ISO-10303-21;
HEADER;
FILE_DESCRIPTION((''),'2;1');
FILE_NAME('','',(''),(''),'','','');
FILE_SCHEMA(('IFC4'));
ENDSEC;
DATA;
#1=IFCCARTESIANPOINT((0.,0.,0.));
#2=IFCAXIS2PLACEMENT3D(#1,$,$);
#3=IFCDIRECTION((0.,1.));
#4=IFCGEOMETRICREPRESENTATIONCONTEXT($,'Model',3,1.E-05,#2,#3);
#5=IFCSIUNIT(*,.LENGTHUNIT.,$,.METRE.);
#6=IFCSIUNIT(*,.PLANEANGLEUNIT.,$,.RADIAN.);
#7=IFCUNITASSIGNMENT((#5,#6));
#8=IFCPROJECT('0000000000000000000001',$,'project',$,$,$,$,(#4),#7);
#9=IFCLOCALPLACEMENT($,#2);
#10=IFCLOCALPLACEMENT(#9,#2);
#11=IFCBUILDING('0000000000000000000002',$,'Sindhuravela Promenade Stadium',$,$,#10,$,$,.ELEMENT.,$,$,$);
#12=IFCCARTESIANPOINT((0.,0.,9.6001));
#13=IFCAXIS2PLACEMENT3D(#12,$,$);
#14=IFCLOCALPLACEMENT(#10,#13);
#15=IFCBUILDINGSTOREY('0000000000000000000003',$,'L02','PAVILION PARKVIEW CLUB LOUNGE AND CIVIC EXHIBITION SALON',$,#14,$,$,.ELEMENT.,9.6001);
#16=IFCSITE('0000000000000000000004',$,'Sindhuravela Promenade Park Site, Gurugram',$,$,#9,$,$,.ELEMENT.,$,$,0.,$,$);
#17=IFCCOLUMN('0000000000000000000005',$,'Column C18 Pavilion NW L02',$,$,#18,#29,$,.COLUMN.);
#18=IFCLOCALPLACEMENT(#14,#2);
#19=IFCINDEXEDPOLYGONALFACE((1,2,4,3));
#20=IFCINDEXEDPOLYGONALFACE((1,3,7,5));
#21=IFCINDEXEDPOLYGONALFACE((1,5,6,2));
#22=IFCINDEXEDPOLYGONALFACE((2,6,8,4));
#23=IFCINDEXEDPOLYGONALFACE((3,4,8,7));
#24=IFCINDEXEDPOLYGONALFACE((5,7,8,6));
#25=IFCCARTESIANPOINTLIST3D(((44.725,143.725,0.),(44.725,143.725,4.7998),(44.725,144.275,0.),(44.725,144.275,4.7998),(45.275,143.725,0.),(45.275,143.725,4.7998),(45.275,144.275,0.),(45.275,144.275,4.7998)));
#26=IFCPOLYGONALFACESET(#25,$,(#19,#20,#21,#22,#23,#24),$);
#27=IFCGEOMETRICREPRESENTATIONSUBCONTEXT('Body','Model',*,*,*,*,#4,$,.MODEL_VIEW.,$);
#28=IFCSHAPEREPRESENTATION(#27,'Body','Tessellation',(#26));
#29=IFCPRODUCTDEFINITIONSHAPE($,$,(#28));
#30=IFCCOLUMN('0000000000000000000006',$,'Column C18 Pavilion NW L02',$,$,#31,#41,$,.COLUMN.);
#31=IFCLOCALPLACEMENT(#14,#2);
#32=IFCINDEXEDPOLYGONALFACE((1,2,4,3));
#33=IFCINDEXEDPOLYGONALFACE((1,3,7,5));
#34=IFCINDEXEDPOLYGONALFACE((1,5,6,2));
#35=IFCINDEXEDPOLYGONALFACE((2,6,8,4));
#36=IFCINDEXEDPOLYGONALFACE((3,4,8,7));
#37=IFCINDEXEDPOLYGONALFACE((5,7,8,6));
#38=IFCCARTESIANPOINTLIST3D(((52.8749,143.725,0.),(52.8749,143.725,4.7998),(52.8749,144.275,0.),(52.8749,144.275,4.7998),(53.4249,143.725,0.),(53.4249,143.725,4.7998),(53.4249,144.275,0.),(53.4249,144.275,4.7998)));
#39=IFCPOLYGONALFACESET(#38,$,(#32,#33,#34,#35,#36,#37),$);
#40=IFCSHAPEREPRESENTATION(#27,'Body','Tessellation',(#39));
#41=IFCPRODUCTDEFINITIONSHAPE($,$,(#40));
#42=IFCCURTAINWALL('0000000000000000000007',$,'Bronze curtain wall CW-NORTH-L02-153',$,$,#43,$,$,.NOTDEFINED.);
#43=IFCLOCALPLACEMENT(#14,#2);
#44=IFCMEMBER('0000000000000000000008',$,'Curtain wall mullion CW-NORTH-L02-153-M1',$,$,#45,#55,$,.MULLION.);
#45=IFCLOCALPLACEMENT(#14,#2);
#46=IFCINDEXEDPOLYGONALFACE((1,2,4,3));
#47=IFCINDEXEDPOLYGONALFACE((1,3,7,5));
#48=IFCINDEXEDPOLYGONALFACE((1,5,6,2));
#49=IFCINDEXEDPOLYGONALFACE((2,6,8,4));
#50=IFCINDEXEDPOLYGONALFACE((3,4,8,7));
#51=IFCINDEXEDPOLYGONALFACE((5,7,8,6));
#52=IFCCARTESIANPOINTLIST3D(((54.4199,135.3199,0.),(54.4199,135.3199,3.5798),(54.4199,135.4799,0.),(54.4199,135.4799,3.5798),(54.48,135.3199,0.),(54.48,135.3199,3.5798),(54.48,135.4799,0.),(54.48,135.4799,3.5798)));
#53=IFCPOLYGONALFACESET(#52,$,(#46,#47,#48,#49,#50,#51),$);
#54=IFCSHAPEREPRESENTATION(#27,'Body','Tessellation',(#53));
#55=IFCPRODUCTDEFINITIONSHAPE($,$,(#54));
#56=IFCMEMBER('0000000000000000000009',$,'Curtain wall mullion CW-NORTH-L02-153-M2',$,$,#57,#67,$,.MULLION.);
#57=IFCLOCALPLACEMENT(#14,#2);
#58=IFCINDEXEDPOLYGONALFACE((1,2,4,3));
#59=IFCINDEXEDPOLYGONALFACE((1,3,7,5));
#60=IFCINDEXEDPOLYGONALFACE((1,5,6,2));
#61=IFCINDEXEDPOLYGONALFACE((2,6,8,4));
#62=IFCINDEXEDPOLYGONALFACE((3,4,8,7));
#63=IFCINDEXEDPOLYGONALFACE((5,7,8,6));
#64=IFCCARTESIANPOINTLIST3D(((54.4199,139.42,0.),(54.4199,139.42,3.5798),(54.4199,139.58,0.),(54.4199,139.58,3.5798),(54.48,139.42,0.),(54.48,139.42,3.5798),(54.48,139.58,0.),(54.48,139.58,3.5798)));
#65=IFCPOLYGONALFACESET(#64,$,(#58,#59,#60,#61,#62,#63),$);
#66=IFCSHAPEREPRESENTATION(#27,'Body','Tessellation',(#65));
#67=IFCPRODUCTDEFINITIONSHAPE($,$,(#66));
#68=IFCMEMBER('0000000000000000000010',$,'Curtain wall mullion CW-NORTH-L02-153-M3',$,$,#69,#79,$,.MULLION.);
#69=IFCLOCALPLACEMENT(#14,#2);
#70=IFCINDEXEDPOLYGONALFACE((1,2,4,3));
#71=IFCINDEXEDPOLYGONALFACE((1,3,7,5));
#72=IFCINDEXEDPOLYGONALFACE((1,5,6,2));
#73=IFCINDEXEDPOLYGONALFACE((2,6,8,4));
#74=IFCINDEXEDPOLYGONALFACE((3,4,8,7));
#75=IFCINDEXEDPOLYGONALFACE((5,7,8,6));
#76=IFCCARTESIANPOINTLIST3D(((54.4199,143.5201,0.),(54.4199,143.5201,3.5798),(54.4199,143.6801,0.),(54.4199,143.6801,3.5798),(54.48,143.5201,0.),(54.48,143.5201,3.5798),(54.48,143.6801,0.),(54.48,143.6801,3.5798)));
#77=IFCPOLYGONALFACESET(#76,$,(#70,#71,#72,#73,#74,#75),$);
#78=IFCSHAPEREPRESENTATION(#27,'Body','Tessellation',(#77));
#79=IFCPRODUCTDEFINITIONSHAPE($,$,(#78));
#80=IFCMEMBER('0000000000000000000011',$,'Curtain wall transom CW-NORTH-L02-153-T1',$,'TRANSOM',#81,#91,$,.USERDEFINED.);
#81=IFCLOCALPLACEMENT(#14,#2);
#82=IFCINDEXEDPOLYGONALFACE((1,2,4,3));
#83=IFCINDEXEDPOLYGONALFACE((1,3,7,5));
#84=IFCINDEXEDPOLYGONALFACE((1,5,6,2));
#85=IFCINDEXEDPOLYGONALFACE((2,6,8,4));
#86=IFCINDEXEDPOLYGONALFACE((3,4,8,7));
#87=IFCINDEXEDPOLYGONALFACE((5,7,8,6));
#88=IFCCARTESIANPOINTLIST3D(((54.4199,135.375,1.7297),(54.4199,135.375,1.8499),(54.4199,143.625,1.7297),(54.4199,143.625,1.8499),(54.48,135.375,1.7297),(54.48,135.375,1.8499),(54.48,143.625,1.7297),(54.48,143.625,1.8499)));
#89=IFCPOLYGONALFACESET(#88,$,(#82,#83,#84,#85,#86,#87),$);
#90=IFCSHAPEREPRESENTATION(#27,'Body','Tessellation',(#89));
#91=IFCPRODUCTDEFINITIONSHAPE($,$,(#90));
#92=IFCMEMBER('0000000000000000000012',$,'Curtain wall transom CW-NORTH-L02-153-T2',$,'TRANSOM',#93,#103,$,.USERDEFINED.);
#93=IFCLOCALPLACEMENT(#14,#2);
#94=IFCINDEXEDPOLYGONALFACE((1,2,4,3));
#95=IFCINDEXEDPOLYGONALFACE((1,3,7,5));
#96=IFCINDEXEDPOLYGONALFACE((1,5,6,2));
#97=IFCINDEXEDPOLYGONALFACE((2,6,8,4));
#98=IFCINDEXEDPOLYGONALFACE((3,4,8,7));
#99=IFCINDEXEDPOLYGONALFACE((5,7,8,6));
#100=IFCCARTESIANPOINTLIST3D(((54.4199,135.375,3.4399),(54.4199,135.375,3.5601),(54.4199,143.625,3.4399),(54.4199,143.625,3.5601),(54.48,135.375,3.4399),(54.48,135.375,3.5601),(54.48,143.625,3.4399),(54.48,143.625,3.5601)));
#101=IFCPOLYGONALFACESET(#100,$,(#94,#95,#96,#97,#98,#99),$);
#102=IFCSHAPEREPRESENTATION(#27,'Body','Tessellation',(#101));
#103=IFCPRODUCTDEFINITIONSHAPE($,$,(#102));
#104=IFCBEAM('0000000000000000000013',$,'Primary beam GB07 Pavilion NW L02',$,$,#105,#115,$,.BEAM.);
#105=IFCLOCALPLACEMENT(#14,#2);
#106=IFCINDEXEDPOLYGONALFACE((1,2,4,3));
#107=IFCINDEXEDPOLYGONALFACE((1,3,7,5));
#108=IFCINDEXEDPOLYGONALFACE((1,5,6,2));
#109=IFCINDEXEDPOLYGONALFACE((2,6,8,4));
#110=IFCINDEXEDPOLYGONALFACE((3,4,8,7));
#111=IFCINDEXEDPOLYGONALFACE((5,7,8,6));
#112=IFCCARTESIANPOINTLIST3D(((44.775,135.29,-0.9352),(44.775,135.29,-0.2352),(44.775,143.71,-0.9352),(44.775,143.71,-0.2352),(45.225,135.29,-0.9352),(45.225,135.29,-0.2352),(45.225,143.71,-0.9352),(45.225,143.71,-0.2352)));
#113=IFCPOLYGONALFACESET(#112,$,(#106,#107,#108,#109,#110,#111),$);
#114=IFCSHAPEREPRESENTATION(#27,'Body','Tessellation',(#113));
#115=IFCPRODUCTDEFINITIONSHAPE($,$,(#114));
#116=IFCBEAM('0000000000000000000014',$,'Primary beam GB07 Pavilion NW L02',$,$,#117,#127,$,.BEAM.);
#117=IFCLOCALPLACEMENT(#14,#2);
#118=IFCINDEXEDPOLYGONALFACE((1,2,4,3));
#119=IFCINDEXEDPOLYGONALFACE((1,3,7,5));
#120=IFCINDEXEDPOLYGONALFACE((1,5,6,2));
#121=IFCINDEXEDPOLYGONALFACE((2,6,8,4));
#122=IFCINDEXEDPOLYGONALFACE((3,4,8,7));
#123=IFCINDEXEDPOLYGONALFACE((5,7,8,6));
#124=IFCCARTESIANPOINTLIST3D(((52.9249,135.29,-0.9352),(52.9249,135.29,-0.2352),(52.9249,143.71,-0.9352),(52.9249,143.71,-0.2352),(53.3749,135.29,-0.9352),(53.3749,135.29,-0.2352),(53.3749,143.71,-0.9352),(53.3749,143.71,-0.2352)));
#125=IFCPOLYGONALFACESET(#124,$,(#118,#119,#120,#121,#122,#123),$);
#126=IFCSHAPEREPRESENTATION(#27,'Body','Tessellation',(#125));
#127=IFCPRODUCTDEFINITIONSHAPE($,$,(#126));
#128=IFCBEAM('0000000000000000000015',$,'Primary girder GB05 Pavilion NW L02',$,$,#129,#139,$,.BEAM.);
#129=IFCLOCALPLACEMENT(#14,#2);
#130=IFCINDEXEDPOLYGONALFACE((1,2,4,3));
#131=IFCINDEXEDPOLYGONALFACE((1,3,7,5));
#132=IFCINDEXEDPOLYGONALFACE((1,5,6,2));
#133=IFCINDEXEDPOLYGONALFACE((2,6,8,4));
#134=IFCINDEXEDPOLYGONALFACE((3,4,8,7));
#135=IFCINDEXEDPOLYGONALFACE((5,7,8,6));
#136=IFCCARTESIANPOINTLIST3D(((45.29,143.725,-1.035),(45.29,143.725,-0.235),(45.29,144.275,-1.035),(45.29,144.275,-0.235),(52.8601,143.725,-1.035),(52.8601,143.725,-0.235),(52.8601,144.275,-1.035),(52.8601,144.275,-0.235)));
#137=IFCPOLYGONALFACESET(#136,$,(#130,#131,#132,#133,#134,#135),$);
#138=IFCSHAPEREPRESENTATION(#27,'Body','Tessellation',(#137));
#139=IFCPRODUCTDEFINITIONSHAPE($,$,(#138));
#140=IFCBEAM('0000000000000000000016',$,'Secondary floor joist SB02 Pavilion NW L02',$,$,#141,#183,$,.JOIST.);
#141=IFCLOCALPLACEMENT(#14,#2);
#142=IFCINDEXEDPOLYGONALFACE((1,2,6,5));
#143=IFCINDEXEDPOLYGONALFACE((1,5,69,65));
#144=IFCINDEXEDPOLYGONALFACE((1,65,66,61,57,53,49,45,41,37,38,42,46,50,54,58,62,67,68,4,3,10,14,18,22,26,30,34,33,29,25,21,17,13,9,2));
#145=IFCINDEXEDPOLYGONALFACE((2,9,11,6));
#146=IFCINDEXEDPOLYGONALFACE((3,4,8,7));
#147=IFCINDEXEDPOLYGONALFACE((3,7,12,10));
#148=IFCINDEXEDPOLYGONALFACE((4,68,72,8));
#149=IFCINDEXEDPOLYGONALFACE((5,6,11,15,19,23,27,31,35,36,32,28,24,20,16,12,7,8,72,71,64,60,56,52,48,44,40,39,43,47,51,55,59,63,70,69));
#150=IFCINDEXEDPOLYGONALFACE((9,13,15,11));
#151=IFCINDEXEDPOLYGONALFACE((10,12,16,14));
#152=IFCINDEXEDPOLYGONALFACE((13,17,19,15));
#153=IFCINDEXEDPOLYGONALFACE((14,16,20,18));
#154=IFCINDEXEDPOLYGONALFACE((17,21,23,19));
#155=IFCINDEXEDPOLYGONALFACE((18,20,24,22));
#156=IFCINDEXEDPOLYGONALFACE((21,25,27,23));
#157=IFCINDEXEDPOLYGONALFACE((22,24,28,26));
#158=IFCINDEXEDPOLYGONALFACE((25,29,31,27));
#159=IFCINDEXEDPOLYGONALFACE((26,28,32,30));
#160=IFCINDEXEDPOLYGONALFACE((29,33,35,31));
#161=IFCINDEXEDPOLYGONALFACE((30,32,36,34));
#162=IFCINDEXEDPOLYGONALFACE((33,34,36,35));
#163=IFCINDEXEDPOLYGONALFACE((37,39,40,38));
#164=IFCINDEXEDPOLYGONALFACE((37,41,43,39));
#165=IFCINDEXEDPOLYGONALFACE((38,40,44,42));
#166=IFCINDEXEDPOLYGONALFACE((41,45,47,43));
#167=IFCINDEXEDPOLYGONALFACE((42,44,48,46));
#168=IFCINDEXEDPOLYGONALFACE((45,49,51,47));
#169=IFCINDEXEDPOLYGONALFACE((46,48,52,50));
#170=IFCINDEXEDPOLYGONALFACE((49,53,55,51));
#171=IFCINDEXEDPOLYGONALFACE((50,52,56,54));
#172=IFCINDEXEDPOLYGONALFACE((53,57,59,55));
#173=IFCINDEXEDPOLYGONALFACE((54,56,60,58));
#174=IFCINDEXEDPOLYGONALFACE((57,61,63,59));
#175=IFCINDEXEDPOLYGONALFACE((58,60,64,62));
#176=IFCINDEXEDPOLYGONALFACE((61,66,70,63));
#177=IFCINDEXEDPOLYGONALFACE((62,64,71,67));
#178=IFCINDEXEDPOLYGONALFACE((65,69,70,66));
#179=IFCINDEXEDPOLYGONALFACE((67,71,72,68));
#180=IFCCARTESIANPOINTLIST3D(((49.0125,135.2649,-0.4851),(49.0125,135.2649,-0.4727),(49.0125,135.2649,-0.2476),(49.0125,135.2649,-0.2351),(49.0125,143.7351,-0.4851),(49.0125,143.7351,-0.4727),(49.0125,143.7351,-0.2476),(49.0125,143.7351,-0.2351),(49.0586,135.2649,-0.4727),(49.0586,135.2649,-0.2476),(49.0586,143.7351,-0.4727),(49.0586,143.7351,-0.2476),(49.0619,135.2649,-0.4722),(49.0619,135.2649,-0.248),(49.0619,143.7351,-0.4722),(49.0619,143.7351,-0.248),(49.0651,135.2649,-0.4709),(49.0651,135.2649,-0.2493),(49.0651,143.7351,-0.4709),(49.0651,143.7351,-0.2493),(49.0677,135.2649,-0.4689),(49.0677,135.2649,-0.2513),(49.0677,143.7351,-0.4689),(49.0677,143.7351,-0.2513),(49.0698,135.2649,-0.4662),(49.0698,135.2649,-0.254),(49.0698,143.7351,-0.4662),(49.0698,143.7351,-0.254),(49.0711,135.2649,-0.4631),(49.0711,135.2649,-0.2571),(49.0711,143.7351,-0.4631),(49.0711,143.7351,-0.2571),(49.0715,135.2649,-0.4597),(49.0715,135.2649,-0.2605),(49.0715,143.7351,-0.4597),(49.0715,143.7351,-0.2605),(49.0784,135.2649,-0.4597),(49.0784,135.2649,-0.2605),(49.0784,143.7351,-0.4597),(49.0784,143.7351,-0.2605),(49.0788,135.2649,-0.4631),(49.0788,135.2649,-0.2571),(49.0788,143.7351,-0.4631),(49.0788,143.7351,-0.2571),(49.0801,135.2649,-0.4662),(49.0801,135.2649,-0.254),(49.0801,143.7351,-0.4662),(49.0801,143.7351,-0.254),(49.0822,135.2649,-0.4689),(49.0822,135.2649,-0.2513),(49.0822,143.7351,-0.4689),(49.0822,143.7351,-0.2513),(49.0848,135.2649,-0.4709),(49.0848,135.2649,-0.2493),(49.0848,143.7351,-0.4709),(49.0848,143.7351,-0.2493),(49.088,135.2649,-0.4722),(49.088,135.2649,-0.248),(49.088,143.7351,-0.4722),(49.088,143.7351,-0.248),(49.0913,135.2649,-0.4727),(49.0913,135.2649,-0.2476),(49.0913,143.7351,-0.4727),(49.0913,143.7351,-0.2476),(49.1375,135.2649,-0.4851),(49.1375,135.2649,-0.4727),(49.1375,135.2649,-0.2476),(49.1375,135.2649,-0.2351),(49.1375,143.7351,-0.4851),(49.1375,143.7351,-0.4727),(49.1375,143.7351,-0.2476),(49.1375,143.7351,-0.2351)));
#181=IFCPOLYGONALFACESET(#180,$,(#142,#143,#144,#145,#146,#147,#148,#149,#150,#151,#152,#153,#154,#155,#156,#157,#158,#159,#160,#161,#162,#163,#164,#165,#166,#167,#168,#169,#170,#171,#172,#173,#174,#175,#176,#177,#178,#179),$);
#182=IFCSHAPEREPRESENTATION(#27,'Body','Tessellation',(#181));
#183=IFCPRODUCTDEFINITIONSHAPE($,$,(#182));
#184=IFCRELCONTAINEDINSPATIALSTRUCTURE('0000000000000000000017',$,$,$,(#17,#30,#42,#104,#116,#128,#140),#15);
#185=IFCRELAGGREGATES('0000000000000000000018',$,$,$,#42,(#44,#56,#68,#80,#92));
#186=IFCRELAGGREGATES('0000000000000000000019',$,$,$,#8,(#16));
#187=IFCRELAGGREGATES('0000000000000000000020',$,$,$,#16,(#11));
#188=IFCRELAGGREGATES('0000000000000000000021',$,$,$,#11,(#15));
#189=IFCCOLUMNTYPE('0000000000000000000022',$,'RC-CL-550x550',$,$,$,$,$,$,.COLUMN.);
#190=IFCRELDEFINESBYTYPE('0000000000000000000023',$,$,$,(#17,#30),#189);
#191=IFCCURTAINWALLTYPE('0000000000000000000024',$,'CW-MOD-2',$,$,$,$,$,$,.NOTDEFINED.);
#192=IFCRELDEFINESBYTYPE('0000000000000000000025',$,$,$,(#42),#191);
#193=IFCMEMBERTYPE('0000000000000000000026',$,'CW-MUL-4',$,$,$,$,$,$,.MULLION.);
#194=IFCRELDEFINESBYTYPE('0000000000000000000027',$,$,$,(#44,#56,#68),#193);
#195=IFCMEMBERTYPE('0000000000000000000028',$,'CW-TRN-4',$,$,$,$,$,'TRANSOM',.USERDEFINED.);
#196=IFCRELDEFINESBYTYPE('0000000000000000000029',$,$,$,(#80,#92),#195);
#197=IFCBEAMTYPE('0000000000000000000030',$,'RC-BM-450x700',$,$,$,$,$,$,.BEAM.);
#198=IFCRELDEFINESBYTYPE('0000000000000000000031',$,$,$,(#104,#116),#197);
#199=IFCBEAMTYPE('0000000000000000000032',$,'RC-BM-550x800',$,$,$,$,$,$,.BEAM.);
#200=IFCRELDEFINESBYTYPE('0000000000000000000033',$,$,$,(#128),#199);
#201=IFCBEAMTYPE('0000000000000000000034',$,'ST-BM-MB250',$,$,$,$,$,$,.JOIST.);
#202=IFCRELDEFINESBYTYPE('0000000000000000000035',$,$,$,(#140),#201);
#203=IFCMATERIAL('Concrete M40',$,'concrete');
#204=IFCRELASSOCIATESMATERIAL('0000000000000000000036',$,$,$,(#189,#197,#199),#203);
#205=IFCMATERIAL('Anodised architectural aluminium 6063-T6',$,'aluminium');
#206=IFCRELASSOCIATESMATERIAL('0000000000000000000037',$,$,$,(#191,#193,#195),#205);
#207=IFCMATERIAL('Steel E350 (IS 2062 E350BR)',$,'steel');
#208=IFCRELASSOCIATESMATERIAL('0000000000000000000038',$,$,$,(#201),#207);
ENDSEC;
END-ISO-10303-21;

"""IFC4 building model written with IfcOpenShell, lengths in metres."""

from ifc_helpers import new_model, si_unit, direction, frame, origin, origin_2d, place, context, subcontext, project, spatial, rectangle, i_section, extrude, material, material_profile, profile_set, type_object, element, aggregate, save


model = new_model("IFC4")

# Units and contexts
model_context = context("Model", 3, precision=1e-05, world=origin(), true_north=direction((0.0, 1.0)))
body_context = subcontext(model_context, "Body", "Model", "MODEL_VIEW")
ifc_project = project(units=[si_unit("LENGTHUNIT", "METRE"), si_unit("PLANEANGLEUNIT", "RADIAN")], contexts=[model_context])

# Site, building, storey
site_placement = place(None, origin())
site = spatial("IfcSite", under=ifc_project, at=site_placement, Name="Sindhuravela Promenade Park Site, Gurugram", CompositionType="ELEMENT", RefElevation=0.0)
building_placement = place(site_placement, origin())
building = spatial("IfcBuilding", under=site, at=building_placement, Name="Sindhuravela Promenade Stadium", CompositionType="ELEMENT")
storey_placement = place(building_placement, frame((0.0, 0.0, 9.6001)))
storey = spatial("IfcBuildingStorey", under=building, at=storey_placement, Name="L02", Description="PAVILION PARKVIEW CLUB LOUNGE AND CIVIC EXHIBITION SALON", CompositionType="ELEMENT", Elevation=9.6001)

# Columns
ifc_material_1 = material(Name="Concrete M40", Category="concrete")
ifc_material_profile_1 = material_profile(ifc_material_1, rectangle(XDim=0.55, YDim=0.55, at=origin_2d()), Name="RC 550x550")
ifc_profile_set_1 = profile_set([ifc_material_profile_1], Name="Concrete M40")
column_type = type_object("IfcColumnType", Name="RC-CL-550x550", PredefinedType="COLUMN", material=ifc_profile_set_1)
for number, where, z_axis, x_axis, name in (
    (1, (45.0, 144.0, 0.0), (0.0, 0.0, 1.0), (1.0, 0.0, 0.0), "Column C18 Pavilion NW L02"),
    (2, (53.1499, 144.0, 0.0), (0.0, 0.0, 1.0), (1.0, 0.0, 0.0), "Column C18 Pavilion NW L02"),
):
    element("IfcColumn", number, at=place(storey_placement, frame(where, z_axis=z_axis, x_axis=x_axis)), inside=storey, type_object=column_type, Name=name, PredefinedType="COLUMN", context=body_context, shape_type="SweptSolid", body=[
        extrude(rectangle(XDim=0.55, YDim=0.55, at=origin_2d()), origin(), (0.0, 0.0, 1.0), 4.7998),
    ])

# Curtain wall, members
ifc_material_2 = material(Name="Anodised architectural aluminium 6063-T6", Category="aluminium")
curtain_wall_type = type_object("IfcCurtainWallType", Name="CW-MOD-2", PredefinedType="NOTDEFINED", material=ifc_material_2)
curtain_wall_placement = place(storey_placement, origin())
curtain_wall = element("IfcCurtainWall", 3, at=curtain_wall_placement, inside=storey, type_object=curtain_wall_type, Name="Bronze curtain wall CW-NORTH-L02-153", PredefinedType="NOTDEFINED")
ifc_material_profile_2 = material_profile(ifc_material_2, rectangle(XDim=0.0601, YDim=0.1599, at=origin_2d()), Name="ALU M60x160")
ifc_profile_set_2 = profile_set([ifc_material_profile_2], Name="Anodised architectural aluminium 6063-T6")
member_type_1 = type_object("IfcMemberType", Name="CW-MUL-4", PredefinedType="MULLION", material=ifc_profile_set_2)
member_1_placement = place(storey_placement, frame((54.45, 135.3999, 0.0), z_axis=(0.0, 0.0, 1.0), x_axis=(1.0, 0.0, 0.0)))
member_1 = element("IfcMember", 4, at=member_1_placement, type_object=member_type_1, Name="Curtain wall mullion CW-NORTH-L02-153-M1", PredefinedType="MULLION", context=body_context, shape_type="SweptSolid", body=[
    extrude(rectangle(XDim=0.0601, YDim=0.1599, at=origin_2d()), origin(), (0.0, 0.0, 1.0), 3.5798),
])
member_2_placement = place(storey_placement, frame((54.45, 139.5, 0.0), z_axis=(0.0, 0.0, 1.0), x_axis=(1.0, 0.0, 0.0)))
member_2 = element("IfcMember", 5, at=member_2_placement, type_object=member_type_1, Name="Curtain wall mullion CW-NORTH-L02-153-M2", PredefinedType="MULLION", context=body_context, shape_type="SweptSolid", body=[
    extrude(rectangle(XDim=0.0601, YDim=0.1599, at=origin_2d()), origin(), (0.0, 0.0, 1.0), 3.5798),
])
member_3_placement = place(storey_placement, frame((54.45, 143.6001, 0.0), z_axis=(0.0, 0.0, 1.0), x_axis=(1.0, 0.0, 0.0)))
member_3 = element("IfcMember", 6, at=member_3_placement, type_object=member_type_1, Name="Curtain wall mullion CW-NORTH-L02-153-M3", PredefinedType="MULLION", context=body_context, shape_type="SweptSolid", body=[
    extrude(rectangle(XDim=0.0601, YDim=0.1599, at=origin_2d()), origin(), (0.0, 0.0, 1.0), 3.5798),
])
ifc_material_profile_3 = material_profile(ifc_material_2, rectangle(XDim=0.0601, YDim=0.1201, at=origin_2d()), Name="ALU T60x120")
ifc_profile_set_3 = profile_set([ifc_material_profile_3], Name="Anodised architectural aluminium 6063-T6")
member_type_2 = type_object("IfcMemberType", Name="CW-TRN-4", ElementType="TRANSOM", PredefinedType="USERDEFINED", material=ifc_profile_set_3)
member_4_placement = place(storey_placement, frame((54.45, 135.375, 1.7898), z_axis=(0.0, 1.0, 0.0), x_axis=(-1.0, 0.0, 0.0)))
member_4 = element("IfcMember", 7, at=member_4_placement, type_object=member_type_2, Name="Curtain wall transom CW-NORTH-L02-153-T1", ObjectType="TRANSOM", PredefinedType="USERDEFINED", context=body_context, shape_type="SweptSolid", body=[
    extrude(rectangle(XDim=0.0601, YDim=0.1201, at=origin_2d()), origin(), (0.0, 0.0, 1.0), 8.25),
])
member_5_placement = place(storey_placement, frame((54.45, 135.375, 3.5), z_axis=(0.0, 1.0, 0.0), x_axis=(-1.0, 0.0, 0.0)))
member_5 = element("IfcMember", 8, at=member_5_placement, type_object=member_type_2, Name="Curtain wall transom CW-NORTH-L02-153-T2", ObjectType="TRANSOM", PredefinedType="USERDEFINED", context=body_context, shape_type="SweptSolid", body=[
    extrude(rectangle(XDim=0.0601, YDim=0.1201, at=origin_2d()), origin(), (0.0, 0.0, 1.0), 8.25),
])

# Beams
ifc_material_profile_4 = material_profile(ifc_material_1, rectangle(XDim=0.45, YDim=0.7, at=origin_2d()), Name="RC 450x700")
ifc_profile_set_4 = profile_set([ifc_material_profile_4], Name="Concrete M40")
beam_type_1 = type_object("IfcBeamType", Name="RC-BM-450x700", PredefinedType="BEAM", material=ifc_profile_set_4)
for number, where, z_axis, x_axis, name in (
    (9, (45.0, 135.29, -0.5852), (0.0, 1.0, 0.0), (-1.0, 0.0, 0.0), "Primary beam GB07 Pavilion NW L02"),
    (10, (53.1499, 135.29, -0.5852), (0.0, 1.0, 0.0), (-1.0, 0.0, 0.0), "Primary beam GB07 Pavilion NW L02"),
):
    element("IfcBeam", number, at=place(storey_placement, frame(where, z_axis=z_axis, x_axis=x_axis)), inside=storey, type_object=beam_type_1, Name=name, PredefinedType="BEAM", context=body_context, shape_type="SweptSolid", body=[
        extrude(rectangle(XDim=0.45, YDim=0.7, at=origin_2d()), origin(), (0.0, 0.0, 1.0), 8.4199),
    ])
ifc_material_profile_5 = material_profile(ifc_material_1, rectangle(XDim=0.55, YDim=0.8, at=origin_2d()), Name="RC 550x800")
ifc_profile_set_5 = profile_set([ifc_material_profile_5], Name="Concrete M40")
beam_type_2 = type_object("IfcBeamType", Name="RC-BM-550x800", PredefinedType="BEAM", material=ifc_profile_set_5)
beam_1_placement = place(storey_placement, frame((45.29, 144.0, -0.635), z_axis=(1.0, 0.0, 0.0), x_axis=(0.0, 1.0, 0.0)))
element("IfcBeam", 11, at=beam_1_placement, inside=storey, type_object=beam_type_2, Name="Primary girder GB05 Pavilion NW L02", PredefinedType="BEAM", context=body_context, shape_type="SweptSolid", body=[
    extrude(rectangle(XDim=0.55, YDim=0.8, at=origin_2d()), origin(), (0.0, 0.0, 1.0), 7.5701),
])
ifc_material_3 = material(Name="Steel E350 (IS 2062 E350BR)", Category="steel")
ifc_material_profile_6 = material_profile(ifc_material_3, i_section(OverallWidth=0.125, OverallDepth=0.25, WebThickness=0.0068, FlangeThickness=0.0125, FilletRadius=0.0129, at=origin_2d()), Name="ISMB 250")
ifc_profile_set_6 = profile_set([ifc_material_profile_6], Name="Steel E350 (IS 2062 E350BR)")
beam_type_3 = type_object("IfcBeamType", Name="ST-BM-MB250", PredefinedType="JOIST", material=ifc_profile_set_6)
beam_2_placement = place(storey_placement, frame((49.075, 135.2649, -0.3601), z_axis=(0.0, 1.0, 0.0), x_axis=(-1.0, 0.0, 0.0)))
element("IfcBeam", 12, at=beam_2_placement, inside=storey, type_object=beam_type_3, Name="Secondary floor joist SB02 Pavilion NW L02", PredefinedType="JOIST", context=body_context, shape_type="SweptSolid", body=[
    extrude(i_section(OverallWidth=0.125, OverallDepth=0.25, WebThickness=0.0068, FlangeThickness=0.0125, FilletRadius=0.0129, at=origin_2d()), origin(), (0.0, 0.0, 1.0), 8.4702),
])

aggregate(curtain_wall, [member_1, member_2, member_3, member_4, member_5])

save(model, "model.ifc")
